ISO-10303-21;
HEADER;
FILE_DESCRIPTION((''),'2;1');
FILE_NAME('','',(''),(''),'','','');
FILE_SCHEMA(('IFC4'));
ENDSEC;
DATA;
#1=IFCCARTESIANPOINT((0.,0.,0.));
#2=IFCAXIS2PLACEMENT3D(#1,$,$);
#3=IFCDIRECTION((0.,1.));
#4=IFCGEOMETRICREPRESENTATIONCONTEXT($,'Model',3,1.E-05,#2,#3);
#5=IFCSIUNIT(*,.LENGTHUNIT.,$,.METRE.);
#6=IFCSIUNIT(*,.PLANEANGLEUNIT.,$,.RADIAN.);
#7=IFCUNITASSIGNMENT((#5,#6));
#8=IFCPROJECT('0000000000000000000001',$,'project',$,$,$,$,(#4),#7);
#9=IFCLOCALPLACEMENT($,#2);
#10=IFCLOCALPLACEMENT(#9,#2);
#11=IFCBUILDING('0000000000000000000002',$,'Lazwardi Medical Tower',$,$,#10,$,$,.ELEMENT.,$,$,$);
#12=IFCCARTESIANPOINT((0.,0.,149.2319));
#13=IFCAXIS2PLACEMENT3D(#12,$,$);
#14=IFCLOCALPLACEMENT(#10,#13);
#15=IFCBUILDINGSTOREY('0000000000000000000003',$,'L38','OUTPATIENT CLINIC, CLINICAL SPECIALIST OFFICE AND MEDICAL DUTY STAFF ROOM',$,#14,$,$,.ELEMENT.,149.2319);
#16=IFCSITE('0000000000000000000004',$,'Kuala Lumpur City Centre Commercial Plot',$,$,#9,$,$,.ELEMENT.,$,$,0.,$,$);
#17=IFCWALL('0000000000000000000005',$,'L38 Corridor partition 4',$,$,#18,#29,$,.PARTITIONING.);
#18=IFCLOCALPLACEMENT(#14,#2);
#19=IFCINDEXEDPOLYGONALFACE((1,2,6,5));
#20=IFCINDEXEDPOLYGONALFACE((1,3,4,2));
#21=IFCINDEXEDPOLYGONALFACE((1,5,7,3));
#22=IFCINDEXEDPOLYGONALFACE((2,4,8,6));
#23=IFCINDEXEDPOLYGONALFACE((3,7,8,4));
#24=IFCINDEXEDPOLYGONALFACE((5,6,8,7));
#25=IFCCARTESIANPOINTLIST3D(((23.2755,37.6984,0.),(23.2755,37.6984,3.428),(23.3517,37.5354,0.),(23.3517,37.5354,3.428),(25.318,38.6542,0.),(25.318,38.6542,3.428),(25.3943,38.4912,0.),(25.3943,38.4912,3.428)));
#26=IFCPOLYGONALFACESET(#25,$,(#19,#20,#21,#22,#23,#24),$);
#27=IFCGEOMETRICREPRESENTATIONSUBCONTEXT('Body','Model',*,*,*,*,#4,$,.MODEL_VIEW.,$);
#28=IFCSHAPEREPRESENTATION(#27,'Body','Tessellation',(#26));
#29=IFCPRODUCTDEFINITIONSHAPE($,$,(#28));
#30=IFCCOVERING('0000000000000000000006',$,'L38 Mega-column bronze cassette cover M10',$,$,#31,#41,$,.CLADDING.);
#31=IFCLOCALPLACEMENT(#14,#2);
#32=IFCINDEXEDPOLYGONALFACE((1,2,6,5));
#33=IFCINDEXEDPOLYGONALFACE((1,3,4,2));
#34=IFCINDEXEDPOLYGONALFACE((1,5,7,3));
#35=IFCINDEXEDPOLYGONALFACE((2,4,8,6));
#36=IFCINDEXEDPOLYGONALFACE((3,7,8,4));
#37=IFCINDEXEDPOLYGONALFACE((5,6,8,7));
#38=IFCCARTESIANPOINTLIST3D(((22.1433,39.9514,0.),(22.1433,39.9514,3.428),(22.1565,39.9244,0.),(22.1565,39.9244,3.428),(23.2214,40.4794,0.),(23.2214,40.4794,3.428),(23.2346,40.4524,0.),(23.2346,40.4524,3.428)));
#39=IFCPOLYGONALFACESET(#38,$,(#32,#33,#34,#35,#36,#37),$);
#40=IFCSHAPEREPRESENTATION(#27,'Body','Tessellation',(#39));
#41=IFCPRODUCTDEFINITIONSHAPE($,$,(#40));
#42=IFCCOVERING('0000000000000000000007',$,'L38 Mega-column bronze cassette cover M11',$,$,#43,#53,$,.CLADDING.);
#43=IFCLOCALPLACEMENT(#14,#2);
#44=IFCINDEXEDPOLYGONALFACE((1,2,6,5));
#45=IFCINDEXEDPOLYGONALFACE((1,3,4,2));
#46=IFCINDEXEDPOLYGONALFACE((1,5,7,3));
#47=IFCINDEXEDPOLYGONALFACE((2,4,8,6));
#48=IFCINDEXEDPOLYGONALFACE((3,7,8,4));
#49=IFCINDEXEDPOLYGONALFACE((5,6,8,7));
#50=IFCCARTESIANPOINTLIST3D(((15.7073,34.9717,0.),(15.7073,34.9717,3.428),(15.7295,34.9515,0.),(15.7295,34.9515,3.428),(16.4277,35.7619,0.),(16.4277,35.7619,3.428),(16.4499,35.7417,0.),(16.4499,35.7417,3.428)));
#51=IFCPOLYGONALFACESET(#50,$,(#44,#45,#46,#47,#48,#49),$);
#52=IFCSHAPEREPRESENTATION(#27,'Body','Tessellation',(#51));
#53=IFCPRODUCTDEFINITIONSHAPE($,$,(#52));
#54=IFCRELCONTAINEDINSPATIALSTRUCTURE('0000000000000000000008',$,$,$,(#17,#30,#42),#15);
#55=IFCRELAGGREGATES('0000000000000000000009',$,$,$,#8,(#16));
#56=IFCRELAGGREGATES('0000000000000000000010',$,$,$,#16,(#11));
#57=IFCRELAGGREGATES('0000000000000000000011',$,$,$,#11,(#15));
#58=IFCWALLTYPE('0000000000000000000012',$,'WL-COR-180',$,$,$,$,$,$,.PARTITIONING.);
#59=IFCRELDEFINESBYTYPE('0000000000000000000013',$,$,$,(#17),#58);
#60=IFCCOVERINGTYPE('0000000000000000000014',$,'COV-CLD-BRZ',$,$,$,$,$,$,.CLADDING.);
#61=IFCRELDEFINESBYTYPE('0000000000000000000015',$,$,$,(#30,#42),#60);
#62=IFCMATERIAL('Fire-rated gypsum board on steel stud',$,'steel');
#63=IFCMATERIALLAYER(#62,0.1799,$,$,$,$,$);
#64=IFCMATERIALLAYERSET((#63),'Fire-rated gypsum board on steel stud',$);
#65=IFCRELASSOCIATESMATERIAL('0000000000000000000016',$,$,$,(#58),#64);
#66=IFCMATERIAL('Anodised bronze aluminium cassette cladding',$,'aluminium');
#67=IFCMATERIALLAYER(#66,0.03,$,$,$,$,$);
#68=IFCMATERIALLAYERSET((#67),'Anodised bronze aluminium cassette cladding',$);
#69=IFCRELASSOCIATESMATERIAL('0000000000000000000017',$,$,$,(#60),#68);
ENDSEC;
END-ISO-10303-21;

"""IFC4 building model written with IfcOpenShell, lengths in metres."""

from ifc_helpers import new_model, si_unit, direction, frame, frame_2d, origin, origin_2d, place, context, subcontext, project, spatial, rectangle, extrude, material, layer, layer_set, type_object, element, save


model = new_model("IFC4")

# Units and contexts
model_context = context("Model", 3, precision=1e-05, world=origin(), true_north=direction((0.0, 1.0)))
body_context = subcontext(model_context, "Body", "Model", "MODEL_VIEW")
ifc_project = project(units=[si_unit("LENGTHUNIT", "METRE"), si_unit("PLANEANGLEUNIT", "RADIAN")], contexts=[model_context])

# Site, building, storey
site_placement = place(None, origin())
site = spatial("IfcSite", under=ifc_project, at=site_placement, Name="Kuala Lumpur City Centre Commercial Plot", CompositionType="ELEMENT", RefElevation=0.0)
building_placement = place(site_placement, origin())
building = spatial("IfcBuilding", under=site, at=building_placement, Name="Lazwardi Medical Tower", CompositionType="ELEMENT")
storey_placement = place(building_placement, frame((0.0, 0.0, 149.2319)))
storey = spatial("IfcBuildingStorey", under=building, at=storey_placement, Name="L38", Description="OUTPATIENT CLINIC, CLINICAL SPECIALIST OFFICE AND MEDICAL DUTY STAFF ROOM", CompositionType="ELEMENT", Elevation=149.2319)

# Wall
ifc_material_1 = material(Name="Fire-rated gypsum board on steel stud", Category="steel")
ifc_layer_1 = layer(ifc_material_1, 0.1799)
ifc_layer_set_1 = layer_set([ifc_layer_1], Name="Fire-rated gypsum board on steel stud")
wall_type = type_object("IfcWallType", Name="WL-COR-180", PredefinedType="PARTITIONING", material=ifc_layer_set_1)
wall_placement = place(storey_placement, frame((23.3137, 37.6169, 0.0), z_axis=(0.0, 0.0, 1.0), x_axis=(0.905732, 0.423851, 0.0)))
element("IfcWall", 1, at=wall_placement, inside=storey, type_object=wall_type, Name="L38 Corridor partition 4", PredefinedType="PARTITIONING", context=body_context, shape_type="SweptSolid", body=[
    extrude(rectangle(XDim=2.2551, YDim=0.1799, at=frame_2d((1.1274, 0.0))), origin(), (0.0, 0.0, 1.0), 3.428),
])

# Coverings
ifc_material_2 = material(Name="Anodised bronze aluminium cassette cladding", Category="aluminium")
ifc_layer_2 = layer(ifc_material_2, 0.03)
ifc_layer_set_2 = layer_set([ifc_layer_2], Name="Anodised bronze aluminium cassette cladding")
covering_type = type_object("IfcCoveringType", Name="COV-CLD-BRZ", PredefinedType="CLADDING", material=ifc_layer_set_2)
covering_1_placement = place(storey_placement, frame((22.689, 40.2019, 0.0), z_axis=(0.0, 0.0, 1.0), x_axis=(-0.898079, -0.439834, 0.0)))
element("IfcCovering", 2, at=covering_1_placement, inside=storey, type_object=covering_type, Name="L38 Mega-column bronze cassette cover M10", PredefinedType="CLADDING", context=body_context, shape_type="SweptSolid", body=[
    extrude(rectangle(XDim=1.2004, YDim=0.03, at=origin_2d()), origin(), (0.0, 0.0, 1.0), 3.428),
])
covering_2_placement = place(storey_placement, frame((16.0786, 35.3567, 0.0), z_axis=(0.0, 0.0, 1.0), x_axis=(-0.673714, -0.738992, 0.0)))
element("IfcCovering", 3, at=covering_2_placement, inside=storey, type_object=covering_type, Name="L38 Mega-column bronze cassette cover M11", PredefinedType="CLADDING", context=body_context, shape_type="SweptSolid", body=[
    extrude(rectangle(XDim=1.0693, YDim=0.03, at=origin_2d()), origin(), (0.0, 0.0, 1.0), 3.428),
])

save(model, "model.ifc")
